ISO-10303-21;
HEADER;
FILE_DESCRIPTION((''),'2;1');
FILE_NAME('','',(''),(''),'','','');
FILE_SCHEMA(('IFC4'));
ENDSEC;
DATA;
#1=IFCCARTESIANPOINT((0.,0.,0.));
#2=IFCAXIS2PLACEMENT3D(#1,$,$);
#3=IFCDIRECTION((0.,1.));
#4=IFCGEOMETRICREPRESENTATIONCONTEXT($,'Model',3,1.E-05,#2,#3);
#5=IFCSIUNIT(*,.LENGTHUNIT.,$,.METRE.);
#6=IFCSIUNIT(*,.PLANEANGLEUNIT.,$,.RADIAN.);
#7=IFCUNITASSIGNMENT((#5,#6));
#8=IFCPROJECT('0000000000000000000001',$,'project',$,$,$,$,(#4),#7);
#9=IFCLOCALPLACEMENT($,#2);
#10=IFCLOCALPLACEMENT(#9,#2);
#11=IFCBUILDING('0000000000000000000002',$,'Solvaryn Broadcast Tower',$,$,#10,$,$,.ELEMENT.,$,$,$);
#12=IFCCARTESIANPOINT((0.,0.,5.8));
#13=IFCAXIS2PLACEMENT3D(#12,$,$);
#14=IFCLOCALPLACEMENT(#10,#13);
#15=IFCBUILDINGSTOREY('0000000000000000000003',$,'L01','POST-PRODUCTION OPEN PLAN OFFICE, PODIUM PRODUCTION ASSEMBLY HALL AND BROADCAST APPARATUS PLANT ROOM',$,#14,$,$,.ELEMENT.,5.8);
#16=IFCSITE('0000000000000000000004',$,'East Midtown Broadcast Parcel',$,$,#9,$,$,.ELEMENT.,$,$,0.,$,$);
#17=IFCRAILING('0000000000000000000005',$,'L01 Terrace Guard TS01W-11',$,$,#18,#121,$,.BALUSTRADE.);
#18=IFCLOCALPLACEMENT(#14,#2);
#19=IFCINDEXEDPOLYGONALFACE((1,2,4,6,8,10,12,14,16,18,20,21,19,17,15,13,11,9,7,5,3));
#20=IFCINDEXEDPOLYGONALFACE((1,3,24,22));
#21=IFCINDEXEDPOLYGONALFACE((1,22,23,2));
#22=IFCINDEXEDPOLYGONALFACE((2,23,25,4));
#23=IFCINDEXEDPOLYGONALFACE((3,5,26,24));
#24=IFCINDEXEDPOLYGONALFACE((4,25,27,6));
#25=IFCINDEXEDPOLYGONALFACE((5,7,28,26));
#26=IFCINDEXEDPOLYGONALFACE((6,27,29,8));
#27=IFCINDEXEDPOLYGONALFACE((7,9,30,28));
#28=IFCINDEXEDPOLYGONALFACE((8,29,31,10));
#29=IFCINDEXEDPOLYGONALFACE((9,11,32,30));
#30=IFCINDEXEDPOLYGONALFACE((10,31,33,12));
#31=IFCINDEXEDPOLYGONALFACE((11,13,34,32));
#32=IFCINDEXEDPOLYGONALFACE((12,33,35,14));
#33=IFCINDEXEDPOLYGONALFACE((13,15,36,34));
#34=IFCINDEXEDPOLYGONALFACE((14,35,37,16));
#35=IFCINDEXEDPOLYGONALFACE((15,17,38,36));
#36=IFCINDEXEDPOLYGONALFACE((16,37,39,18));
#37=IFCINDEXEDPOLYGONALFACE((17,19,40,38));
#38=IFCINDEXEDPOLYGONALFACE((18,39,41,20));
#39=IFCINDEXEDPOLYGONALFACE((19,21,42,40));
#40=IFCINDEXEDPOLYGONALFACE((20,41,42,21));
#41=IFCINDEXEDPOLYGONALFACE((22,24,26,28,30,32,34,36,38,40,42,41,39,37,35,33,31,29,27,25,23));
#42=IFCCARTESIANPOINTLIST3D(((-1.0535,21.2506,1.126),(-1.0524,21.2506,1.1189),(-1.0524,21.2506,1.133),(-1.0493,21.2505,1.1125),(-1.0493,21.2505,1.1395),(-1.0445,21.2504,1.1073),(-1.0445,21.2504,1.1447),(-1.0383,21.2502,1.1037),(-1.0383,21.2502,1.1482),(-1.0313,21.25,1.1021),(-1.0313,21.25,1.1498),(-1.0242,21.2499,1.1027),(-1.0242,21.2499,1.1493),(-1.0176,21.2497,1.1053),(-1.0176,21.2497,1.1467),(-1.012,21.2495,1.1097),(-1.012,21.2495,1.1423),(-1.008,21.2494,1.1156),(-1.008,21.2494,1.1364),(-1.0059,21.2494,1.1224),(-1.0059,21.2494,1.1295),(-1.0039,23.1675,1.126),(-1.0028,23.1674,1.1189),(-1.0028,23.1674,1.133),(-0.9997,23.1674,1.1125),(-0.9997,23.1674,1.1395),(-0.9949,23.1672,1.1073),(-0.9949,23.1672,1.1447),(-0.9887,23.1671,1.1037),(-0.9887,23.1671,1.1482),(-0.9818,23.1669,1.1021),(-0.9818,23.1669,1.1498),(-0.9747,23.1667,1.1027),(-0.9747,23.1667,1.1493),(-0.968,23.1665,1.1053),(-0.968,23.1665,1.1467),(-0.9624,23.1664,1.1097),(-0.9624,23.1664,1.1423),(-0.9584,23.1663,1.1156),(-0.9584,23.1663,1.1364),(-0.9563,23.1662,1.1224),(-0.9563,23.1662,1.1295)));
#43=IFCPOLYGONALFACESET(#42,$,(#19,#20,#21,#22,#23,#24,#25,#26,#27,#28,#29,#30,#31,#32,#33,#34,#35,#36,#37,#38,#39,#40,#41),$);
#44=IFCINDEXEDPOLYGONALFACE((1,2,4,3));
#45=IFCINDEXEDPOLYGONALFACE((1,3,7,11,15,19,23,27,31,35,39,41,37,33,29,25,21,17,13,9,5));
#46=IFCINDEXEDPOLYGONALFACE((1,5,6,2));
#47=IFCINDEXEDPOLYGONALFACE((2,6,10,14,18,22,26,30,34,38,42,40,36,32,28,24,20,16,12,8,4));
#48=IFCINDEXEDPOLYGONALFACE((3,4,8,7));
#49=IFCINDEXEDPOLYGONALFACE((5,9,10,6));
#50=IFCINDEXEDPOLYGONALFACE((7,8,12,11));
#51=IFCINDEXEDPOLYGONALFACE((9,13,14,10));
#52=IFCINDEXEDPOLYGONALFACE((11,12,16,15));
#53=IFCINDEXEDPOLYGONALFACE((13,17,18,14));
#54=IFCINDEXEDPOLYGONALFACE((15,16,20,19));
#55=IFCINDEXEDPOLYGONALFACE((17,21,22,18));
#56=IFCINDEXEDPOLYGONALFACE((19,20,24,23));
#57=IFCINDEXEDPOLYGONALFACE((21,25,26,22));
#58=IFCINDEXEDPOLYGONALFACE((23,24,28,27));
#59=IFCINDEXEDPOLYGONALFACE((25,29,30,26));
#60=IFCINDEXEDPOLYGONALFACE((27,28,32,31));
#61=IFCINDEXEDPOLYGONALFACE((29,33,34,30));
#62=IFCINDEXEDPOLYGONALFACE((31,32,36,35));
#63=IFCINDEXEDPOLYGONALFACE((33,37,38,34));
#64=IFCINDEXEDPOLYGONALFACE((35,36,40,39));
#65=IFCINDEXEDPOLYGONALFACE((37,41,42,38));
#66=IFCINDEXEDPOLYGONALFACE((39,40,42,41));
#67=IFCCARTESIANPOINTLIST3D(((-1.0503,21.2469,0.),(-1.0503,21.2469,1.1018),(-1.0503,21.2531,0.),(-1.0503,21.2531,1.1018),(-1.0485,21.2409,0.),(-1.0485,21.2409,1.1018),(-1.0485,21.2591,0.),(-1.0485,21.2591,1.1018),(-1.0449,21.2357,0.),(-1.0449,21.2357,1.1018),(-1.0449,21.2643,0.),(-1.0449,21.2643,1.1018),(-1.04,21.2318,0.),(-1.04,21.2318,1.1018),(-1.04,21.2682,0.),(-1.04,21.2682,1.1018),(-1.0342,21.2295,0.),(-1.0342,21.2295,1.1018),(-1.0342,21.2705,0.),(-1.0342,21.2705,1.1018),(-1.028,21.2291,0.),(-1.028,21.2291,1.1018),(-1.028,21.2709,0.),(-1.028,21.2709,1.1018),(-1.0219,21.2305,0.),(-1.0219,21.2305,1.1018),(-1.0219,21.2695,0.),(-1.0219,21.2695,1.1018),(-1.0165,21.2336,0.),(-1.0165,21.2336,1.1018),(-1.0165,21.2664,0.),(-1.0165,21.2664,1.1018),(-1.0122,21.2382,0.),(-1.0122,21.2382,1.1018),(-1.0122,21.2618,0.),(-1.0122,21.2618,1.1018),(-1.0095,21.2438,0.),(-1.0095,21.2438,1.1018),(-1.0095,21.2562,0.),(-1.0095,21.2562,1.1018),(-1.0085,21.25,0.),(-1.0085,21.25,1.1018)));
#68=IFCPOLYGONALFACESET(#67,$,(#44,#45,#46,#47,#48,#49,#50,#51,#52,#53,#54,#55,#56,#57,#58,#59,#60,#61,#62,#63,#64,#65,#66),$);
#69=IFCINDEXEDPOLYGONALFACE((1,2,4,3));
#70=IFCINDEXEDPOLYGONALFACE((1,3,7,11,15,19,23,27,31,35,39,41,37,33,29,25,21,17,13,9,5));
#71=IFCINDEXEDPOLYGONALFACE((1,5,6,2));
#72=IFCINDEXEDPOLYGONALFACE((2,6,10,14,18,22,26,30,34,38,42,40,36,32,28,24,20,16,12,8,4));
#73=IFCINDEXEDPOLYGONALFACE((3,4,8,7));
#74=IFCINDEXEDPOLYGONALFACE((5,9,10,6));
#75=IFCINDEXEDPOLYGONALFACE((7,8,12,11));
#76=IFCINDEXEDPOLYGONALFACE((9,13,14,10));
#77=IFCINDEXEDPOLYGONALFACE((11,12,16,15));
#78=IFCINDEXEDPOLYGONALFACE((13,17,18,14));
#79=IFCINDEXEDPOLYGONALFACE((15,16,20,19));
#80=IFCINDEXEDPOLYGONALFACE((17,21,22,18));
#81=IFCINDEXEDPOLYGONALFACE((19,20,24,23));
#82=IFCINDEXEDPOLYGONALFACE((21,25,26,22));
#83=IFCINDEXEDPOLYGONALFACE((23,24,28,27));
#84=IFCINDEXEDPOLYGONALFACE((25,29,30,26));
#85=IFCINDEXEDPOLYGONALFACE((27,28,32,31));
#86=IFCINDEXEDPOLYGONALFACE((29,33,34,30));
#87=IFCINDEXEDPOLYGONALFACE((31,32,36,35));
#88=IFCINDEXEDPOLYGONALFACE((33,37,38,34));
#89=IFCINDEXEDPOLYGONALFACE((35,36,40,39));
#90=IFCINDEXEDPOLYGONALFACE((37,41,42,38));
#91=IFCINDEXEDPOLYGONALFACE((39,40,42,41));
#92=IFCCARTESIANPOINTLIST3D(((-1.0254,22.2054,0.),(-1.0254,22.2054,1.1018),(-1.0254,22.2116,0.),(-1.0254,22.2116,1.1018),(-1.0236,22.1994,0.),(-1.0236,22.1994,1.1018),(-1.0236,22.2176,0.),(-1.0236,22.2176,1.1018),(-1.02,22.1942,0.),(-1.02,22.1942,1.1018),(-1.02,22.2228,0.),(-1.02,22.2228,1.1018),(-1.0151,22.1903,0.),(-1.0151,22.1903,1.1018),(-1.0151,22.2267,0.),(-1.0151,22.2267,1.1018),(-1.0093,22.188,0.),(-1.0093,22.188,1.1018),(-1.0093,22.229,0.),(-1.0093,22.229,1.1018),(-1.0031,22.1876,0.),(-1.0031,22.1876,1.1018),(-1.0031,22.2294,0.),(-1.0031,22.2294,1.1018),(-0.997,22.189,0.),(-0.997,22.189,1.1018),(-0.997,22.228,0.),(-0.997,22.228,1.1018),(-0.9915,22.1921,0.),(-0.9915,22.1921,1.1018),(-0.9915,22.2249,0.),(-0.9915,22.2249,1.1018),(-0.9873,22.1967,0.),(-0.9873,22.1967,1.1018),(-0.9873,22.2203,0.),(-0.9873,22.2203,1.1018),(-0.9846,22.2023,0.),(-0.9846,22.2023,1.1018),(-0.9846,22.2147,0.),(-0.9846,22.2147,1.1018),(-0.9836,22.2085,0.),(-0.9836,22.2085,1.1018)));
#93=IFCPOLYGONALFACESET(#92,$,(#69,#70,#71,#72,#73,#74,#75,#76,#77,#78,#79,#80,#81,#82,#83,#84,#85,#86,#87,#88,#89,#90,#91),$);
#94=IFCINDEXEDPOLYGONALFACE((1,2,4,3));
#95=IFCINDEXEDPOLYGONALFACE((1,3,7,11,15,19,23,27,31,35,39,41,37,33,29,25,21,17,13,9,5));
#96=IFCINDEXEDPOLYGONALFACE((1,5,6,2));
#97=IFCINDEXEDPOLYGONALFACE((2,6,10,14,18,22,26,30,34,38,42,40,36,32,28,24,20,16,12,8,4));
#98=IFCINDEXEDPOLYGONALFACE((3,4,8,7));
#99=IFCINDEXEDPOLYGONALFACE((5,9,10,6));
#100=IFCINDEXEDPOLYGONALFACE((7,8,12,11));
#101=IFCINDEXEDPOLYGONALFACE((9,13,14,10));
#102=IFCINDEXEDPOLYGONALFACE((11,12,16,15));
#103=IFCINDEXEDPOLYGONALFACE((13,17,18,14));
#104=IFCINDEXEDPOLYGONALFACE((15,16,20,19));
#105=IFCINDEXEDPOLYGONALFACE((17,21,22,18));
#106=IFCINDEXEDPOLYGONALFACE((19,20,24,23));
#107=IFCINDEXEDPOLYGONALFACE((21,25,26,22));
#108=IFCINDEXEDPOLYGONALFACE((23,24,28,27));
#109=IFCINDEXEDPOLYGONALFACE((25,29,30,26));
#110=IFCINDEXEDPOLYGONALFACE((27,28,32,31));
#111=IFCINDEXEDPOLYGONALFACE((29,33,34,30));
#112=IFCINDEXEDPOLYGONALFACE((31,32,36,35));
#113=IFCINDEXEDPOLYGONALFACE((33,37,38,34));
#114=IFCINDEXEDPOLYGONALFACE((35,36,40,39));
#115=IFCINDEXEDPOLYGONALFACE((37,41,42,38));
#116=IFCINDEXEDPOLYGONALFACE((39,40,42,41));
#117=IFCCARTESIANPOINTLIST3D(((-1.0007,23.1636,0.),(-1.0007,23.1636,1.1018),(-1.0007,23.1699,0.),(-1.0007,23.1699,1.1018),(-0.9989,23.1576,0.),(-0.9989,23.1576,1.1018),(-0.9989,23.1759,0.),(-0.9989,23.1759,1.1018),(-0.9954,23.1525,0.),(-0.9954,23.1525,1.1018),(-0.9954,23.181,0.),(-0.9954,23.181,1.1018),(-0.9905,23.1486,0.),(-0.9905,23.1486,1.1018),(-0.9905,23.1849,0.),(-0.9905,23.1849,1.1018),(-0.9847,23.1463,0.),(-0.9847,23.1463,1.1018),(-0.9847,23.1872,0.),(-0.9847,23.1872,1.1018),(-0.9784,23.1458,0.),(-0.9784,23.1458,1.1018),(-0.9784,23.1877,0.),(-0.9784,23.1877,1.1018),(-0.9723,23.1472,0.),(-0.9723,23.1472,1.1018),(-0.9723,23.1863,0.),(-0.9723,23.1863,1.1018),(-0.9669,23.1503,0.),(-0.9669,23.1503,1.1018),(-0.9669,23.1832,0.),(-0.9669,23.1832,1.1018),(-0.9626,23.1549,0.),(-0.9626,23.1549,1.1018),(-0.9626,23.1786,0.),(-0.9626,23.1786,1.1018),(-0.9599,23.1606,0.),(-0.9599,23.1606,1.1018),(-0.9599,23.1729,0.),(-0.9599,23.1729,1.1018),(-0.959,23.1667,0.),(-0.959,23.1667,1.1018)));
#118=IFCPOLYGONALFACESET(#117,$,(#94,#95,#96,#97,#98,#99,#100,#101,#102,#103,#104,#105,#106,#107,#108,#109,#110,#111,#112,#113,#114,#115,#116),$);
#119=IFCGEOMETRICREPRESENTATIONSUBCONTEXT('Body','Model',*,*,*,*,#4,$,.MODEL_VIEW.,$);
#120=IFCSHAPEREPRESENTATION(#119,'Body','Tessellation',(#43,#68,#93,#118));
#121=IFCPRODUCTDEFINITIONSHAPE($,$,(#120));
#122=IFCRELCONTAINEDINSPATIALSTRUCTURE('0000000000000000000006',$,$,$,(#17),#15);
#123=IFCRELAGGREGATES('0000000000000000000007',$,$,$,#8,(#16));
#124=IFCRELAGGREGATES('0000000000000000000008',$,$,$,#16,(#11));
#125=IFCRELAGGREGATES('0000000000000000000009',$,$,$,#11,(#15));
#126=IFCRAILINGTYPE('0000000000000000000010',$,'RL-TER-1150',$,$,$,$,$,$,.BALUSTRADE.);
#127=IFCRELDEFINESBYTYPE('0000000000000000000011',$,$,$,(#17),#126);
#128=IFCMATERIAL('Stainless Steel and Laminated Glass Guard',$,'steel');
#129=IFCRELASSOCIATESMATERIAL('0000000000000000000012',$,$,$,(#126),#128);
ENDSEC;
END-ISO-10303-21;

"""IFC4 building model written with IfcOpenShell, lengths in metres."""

from ifc_helpers import new_model, si_unit, direction, frame, origin, origin_2d, place, context, subcontext, project, spatial, circle, extrude, material, type_object, element, save


model = new_model("IFC4")

# Units and contexts
model_context = context("Model", 3, precision=1e-05, world=origin(), true_north=direction((0.0, 1.0)))
body_context = subcontext(model_context, "Body", "Model", "MODEL_VIEW")
ifc_project = project(units=[si_unit("LENGTHUNIT", "METRE"), si_unit("PLANEANGLEUNIT", "RADIAN")], contexts=[model_context])

# Site, building, storey
site_placement = place(None, origin())
site = spatial("IfcSite", under=ifc_project, at=site_placement, Name="East Midtown Broadcast Parcel", CompositionType="ELEMENT", RefElevation=0.0)
building_placement = place(site_placement, origin())
building = spatial("IfcBuilding", under=site, at=building_placement, Name="Solvaryn Broadcast Tower", CompositionType="ELEMENT")
storey_placement = place(building_placement, frame((0.0, 0.0, 5.8)))
storey = spatial("IfcBuildingStorey", under=building, at=storey_placement, Name="L01", Description="POST-PRODUCTION OPEN PLAN OFFICE, PODIUM PRODUCTION ASSEMBLY HALL AND BROADCAST APPARATUS PLANT ROOM", CompositionType="ELEMENT", Elevation=5.8)

# Railing
ifc_material_1 = material(Name="Stainless Steel and Laminated Glass Guard", Category="steel")
railing_type = type_object("IfcRailingType", Name="RL-TER-1150", PredefinedType="BALUSTRADE", material=ifc_material_1)
railing_1_placement = place(storey_placement, frame((-1.0295, 21.25, 0.0)))
element("IfcRailing", 1, at=railing_1_placement, inside=storey, type_object=railing_type, Name="L01 Terrace Guard TS01W-11", PredefinedType="BALUSTRADE", context=body_context, shape_type="SweptSolid", body=[
    extrude(circle(Radius=0.0239, at=origin_2d()), frame((0.0, 0.0, 1.126), z_axis=(0.025848, 0.999666, 0.0), x_axis=(-0.999666, 0.025848, 0.0)), (0.0, 0.0, 1.0), 1.9175),
    extrude(circle(Radius=0.021, at=origin_2d()), origin(), (0.0, 0.0, 1.0), 1.1018),
    extrude(circle(Radius=0.021, at=origin_2d()), frame((0.0249, 0.9585, 0.0)), (0.0, 0.0, 1.0), 1.1018),
    extrude(circle(Radius=0.021, at=origin_2d()), frame((0.0496, 1.9167, 0.0)), (0.0, 0.0, 1.0), 1.1018),
])

save(model, "model.ifc")
